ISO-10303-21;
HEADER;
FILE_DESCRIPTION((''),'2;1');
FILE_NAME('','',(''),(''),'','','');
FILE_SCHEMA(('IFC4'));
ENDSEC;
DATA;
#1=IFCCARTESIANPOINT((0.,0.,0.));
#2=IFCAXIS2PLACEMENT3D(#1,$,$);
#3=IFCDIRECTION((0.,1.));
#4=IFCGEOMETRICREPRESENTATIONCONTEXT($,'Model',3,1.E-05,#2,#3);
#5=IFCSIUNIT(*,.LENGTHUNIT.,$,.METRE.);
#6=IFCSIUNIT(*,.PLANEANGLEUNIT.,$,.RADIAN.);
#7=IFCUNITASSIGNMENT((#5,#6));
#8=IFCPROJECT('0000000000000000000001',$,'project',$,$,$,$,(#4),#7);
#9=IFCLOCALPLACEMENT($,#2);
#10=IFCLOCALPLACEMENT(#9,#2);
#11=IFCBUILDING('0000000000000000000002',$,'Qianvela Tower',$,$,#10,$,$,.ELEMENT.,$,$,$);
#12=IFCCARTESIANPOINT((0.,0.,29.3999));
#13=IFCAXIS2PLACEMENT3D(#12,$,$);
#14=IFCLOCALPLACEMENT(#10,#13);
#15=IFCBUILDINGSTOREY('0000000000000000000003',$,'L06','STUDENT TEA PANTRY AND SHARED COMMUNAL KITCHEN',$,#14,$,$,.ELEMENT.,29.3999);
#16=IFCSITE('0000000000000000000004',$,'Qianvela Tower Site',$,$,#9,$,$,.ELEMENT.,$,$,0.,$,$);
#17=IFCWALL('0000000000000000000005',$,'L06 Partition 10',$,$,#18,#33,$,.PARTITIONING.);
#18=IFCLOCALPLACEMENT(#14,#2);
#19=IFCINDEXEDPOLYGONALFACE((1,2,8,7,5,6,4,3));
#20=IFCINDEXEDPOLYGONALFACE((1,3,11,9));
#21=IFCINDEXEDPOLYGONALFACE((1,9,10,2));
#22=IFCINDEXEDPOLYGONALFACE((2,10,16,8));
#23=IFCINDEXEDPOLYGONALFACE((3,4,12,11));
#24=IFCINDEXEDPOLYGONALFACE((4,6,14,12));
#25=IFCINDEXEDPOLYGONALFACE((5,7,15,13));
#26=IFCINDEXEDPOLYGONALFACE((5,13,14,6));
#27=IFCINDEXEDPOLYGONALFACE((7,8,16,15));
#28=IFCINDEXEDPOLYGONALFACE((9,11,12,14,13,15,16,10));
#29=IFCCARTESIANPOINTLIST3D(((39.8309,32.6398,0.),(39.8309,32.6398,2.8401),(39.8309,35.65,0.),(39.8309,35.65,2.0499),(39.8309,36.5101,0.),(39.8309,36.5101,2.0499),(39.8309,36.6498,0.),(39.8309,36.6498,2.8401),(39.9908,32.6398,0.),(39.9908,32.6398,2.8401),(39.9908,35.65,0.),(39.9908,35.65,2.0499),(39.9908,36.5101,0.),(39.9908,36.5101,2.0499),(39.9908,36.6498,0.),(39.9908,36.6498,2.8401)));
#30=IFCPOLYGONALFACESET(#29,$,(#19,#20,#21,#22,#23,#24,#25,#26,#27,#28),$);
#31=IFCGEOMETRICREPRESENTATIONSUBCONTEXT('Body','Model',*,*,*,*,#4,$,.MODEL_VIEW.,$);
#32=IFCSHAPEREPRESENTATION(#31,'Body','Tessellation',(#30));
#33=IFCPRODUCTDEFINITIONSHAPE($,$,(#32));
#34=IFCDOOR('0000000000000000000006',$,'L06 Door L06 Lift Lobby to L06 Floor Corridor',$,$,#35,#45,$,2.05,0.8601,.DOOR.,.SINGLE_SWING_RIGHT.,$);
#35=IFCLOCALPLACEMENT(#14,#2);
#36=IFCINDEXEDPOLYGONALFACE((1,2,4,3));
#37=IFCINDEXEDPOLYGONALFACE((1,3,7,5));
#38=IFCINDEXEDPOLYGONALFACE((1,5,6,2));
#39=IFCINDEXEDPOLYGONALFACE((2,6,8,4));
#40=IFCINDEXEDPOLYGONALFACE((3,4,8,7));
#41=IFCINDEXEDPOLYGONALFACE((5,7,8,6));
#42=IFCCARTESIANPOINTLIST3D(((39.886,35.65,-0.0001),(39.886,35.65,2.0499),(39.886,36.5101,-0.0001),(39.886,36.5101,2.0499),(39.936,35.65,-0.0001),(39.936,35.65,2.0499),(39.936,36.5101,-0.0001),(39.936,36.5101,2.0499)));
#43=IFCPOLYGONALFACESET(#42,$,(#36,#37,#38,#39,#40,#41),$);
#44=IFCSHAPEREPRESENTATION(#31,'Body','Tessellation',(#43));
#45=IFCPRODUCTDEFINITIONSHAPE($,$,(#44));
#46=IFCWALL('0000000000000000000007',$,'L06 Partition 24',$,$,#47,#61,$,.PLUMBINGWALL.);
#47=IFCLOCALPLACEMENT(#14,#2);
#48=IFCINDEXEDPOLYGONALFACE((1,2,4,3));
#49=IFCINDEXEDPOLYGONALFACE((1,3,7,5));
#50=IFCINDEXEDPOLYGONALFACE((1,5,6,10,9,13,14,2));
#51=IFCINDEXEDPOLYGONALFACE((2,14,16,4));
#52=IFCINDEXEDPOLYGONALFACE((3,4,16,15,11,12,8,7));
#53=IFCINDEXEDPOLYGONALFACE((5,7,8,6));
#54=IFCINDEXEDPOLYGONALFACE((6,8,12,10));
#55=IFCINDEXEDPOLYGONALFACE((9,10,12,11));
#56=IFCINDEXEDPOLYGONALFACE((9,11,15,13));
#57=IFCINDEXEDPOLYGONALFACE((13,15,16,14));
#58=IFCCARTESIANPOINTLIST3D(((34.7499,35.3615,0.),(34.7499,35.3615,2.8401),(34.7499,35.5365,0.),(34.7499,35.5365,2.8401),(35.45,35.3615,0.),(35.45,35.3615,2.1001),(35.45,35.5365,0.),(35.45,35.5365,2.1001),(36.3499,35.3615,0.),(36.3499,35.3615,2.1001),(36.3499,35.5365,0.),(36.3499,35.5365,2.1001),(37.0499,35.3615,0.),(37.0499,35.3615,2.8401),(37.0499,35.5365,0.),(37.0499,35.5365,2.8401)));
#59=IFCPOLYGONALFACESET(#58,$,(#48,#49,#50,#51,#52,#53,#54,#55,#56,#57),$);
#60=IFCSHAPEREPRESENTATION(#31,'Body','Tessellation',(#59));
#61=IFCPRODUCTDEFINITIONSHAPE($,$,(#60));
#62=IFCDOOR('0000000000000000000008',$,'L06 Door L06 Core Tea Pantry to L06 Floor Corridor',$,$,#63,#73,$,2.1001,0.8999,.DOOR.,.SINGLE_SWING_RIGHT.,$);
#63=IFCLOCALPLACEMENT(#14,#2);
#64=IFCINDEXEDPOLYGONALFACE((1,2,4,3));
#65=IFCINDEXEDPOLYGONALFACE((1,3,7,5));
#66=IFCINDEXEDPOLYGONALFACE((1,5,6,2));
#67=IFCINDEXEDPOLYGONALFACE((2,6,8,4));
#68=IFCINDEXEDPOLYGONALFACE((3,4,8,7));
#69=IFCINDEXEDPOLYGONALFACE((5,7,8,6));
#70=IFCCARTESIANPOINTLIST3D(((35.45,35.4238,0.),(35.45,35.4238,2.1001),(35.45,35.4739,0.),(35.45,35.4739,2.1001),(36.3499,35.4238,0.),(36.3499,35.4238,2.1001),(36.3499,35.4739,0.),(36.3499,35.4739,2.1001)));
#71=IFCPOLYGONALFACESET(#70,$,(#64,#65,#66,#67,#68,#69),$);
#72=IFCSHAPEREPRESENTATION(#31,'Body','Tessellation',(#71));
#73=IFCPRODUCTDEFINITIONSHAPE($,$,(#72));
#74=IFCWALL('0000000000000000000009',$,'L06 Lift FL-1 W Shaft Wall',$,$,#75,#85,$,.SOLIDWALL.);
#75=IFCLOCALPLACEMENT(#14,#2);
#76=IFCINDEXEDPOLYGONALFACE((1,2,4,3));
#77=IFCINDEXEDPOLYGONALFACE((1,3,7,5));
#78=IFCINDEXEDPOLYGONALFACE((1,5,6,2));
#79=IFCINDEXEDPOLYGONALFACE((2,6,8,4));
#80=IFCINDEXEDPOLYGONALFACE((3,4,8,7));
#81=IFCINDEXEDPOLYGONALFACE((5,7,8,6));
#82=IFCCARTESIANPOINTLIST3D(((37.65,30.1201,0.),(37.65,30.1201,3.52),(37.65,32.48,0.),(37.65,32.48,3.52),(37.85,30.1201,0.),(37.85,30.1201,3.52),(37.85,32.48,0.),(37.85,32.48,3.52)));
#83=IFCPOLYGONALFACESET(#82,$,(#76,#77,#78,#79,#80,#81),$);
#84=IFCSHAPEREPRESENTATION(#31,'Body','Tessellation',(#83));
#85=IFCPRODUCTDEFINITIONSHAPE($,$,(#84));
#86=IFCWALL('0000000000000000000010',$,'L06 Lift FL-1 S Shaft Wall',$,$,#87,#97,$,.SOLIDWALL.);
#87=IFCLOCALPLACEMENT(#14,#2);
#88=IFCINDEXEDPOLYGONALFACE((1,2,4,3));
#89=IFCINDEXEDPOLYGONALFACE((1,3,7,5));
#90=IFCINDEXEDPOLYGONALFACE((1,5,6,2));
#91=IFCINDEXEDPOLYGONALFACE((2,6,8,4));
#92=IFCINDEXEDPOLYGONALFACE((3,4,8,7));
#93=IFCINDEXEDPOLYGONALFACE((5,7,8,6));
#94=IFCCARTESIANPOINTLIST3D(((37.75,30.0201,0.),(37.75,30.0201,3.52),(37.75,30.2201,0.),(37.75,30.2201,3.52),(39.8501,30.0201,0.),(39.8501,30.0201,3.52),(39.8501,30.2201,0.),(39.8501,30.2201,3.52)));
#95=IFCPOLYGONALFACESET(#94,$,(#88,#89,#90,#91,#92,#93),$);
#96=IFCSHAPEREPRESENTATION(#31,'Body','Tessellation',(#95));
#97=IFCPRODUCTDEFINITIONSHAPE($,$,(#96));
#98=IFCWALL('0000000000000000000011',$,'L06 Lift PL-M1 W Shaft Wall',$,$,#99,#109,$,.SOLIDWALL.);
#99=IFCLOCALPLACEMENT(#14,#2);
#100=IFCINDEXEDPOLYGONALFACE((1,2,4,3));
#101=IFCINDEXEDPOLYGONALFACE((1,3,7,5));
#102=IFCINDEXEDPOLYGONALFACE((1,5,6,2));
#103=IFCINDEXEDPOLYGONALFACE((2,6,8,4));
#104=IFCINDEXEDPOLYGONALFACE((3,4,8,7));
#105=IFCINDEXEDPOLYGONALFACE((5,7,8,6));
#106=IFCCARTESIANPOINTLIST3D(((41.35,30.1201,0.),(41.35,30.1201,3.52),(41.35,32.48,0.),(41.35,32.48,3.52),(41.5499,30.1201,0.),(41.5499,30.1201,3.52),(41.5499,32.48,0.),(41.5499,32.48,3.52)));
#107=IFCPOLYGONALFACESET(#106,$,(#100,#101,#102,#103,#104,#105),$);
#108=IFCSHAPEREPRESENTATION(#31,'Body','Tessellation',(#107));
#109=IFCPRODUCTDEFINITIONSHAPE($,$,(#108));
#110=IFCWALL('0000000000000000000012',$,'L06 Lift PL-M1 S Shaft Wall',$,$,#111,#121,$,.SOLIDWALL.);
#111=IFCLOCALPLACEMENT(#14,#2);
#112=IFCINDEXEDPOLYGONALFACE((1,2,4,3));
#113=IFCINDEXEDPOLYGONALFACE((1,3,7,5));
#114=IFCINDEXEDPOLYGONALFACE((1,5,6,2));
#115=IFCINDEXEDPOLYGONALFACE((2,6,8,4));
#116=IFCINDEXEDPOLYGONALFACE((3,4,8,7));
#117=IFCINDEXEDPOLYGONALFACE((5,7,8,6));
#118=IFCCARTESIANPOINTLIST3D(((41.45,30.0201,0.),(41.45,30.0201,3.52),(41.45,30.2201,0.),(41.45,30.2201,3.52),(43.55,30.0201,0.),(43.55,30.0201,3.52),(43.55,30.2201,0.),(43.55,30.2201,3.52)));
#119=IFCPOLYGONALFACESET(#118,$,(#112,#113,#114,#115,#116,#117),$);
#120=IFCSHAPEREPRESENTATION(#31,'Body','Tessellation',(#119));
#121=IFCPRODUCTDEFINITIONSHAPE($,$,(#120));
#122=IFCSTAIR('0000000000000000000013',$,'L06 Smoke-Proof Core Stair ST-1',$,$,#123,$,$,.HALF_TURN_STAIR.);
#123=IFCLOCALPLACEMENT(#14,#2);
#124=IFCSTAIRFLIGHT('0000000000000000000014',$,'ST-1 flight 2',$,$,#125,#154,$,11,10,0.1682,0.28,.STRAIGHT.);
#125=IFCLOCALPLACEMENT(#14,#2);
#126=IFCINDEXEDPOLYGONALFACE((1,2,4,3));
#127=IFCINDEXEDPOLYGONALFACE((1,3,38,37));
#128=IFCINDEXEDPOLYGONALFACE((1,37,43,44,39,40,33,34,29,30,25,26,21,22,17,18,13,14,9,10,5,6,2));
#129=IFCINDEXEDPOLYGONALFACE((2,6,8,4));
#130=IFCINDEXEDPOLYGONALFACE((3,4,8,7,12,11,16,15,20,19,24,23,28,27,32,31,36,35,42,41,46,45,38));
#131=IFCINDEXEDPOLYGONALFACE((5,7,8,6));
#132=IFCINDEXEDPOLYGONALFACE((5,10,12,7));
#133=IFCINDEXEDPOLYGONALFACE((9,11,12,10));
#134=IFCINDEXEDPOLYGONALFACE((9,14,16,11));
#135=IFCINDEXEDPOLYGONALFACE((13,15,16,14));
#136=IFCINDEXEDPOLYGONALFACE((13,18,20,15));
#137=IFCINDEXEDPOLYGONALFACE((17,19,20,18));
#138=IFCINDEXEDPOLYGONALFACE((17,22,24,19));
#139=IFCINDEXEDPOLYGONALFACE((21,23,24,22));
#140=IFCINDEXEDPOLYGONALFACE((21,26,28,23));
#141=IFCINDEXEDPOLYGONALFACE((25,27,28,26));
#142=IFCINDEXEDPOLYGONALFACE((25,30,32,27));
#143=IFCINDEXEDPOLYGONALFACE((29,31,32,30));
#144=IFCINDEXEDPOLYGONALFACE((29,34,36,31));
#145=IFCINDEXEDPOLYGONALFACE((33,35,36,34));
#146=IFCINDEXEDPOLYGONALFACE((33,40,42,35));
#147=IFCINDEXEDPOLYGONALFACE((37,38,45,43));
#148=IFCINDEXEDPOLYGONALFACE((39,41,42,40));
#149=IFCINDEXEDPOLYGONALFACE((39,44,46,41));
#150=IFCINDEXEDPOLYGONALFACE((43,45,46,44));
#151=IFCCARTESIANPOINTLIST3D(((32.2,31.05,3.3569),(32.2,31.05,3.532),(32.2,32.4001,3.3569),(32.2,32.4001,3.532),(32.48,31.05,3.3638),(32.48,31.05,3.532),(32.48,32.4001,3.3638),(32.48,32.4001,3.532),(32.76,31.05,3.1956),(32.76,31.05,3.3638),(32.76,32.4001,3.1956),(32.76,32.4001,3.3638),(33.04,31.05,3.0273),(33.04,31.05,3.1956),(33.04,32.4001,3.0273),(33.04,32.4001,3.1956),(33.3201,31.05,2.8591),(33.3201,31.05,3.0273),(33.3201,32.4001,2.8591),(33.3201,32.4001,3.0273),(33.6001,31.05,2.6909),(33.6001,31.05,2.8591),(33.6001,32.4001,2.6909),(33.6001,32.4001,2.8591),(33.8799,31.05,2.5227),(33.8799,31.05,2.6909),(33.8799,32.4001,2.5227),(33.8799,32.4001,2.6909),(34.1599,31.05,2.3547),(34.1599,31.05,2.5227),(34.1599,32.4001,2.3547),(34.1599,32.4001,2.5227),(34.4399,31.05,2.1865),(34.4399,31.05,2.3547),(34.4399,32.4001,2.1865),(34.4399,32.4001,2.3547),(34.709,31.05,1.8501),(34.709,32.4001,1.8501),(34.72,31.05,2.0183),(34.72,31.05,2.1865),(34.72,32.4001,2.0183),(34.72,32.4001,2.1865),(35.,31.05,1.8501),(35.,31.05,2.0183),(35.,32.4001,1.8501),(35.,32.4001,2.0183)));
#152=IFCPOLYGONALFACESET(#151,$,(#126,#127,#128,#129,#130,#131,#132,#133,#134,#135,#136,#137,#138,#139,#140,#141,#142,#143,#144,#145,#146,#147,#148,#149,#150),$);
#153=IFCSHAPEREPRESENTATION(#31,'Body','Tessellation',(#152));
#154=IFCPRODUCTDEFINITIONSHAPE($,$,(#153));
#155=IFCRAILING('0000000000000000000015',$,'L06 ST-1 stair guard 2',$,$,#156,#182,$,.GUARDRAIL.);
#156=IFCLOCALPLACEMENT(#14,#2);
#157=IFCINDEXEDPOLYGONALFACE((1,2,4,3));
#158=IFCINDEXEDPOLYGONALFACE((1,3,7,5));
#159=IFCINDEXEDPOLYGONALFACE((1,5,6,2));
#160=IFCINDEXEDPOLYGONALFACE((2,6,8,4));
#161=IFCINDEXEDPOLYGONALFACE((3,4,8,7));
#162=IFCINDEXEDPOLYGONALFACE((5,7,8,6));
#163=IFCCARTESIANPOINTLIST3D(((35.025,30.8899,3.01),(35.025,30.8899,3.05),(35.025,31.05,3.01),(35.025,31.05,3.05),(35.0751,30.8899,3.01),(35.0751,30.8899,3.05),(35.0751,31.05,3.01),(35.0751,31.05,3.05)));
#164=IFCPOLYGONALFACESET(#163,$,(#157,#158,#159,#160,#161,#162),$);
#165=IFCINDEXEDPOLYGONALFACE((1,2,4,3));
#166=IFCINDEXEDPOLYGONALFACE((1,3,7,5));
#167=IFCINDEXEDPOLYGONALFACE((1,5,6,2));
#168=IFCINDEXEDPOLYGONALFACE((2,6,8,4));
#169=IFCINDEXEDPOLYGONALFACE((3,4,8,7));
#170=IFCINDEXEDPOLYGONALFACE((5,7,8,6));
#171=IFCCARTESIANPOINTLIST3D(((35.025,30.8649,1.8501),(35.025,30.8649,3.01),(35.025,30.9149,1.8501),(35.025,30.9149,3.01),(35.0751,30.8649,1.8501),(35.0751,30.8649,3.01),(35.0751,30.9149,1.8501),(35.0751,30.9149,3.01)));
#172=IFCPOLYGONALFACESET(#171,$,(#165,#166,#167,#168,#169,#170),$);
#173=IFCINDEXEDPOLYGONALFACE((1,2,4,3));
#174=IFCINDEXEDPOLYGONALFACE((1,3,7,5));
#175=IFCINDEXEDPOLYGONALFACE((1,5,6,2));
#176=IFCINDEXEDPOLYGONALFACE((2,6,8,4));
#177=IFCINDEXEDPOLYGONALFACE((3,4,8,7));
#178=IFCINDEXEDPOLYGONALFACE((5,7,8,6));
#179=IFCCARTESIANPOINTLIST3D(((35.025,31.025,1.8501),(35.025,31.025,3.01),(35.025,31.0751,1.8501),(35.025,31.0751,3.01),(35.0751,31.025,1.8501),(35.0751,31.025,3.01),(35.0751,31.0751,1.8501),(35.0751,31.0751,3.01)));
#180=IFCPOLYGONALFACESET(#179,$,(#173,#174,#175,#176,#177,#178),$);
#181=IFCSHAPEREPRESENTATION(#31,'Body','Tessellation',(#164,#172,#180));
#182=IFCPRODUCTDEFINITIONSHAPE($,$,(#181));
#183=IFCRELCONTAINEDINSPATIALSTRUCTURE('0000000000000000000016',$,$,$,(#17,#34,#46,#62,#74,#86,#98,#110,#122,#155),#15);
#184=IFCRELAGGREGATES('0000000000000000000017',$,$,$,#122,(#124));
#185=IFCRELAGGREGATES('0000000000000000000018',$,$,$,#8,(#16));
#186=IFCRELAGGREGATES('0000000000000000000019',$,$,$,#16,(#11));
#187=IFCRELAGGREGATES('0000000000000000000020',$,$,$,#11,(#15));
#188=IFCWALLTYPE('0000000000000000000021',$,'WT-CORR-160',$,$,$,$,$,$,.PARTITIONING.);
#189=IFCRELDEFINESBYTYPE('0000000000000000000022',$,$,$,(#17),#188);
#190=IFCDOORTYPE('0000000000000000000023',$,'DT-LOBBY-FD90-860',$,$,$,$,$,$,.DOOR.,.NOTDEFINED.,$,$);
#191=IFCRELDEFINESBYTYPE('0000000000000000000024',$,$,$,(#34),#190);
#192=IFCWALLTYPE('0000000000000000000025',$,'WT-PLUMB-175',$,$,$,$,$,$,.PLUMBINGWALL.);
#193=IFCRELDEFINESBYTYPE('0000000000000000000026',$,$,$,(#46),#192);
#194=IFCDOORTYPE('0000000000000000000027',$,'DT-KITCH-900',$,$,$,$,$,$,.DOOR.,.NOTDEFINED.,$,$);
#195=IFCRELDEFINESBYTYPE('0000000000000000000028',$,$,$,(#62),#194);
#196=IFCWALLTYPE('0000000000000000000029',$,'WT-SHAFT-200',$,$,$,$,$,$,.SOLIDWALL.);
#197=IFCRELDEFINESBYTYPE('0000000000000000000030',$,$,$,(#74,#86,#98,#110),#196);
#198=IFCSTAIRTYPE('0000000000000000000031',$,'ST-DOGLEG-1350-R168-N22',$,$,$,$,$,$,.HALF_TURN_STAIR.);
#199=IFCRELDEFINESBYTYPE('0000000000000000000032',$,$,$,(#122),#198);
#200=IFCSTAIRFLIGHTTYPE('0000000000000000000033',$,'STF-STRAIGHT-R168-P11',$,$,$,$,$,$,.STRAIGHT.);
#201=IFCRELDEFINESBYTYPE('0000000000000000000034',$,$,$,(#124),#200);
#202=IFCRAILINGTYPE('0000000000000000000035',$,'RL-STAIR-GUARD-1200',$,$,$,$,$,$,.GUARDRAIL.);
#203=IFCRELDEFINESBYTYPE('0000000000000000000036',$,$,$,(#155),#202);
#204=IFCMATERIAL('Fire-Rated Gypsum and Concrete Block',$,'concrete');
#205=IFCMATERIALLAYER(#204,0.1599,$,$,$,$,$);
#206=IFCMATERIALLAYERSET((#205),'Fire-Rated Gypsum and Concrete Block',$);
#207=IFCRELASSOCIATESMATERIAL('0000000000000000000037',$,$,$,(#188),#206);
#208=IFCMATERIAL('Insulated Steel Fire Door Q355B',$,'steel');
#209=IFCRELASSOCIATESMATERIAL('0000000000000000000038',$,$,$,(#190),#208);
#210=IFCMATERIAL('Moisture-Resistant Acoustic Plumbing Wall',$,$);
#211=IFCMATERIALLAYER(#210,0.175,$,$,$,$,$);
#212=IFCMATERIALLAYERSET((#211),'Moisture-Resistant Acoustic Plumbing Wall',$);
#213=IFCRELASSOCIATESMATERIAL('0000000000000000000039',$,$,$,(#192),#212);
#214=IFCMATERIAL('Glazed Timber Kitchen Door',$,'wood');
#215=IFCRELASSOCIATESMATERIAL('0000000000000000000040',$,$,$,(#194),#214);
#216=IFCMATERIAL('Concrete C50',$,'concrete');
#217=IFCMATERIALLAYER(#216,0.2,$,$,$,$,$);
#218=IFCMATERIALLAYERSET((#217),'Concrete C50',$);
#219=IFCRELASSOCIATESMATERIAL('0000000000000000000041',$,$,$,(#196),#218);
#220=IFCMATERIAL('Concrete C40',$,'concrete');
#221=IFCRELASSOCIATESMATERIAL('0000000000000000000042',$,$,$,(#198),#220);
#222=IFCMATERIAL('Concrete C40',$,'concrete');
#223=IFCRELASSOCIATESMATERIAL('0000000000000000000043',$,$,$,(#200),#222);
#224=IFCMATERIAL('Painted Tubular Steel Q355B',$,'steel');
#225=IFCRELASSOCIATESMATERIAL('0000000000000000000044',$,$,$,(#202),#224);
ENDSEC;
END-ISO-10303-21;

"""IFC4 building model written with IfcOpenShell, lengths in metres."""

from ifc_helpers import new_model, si_unit, direction, frame, frame_2d, origin, origin_2d, place, context, subcontext, project, spatial, polyline, rectangle, outline, extrude, material, layer, layer_set, type_object, element, fill, aggregate, save


model = new_model("IFC4")

# Units and contexts
model_context = context("Model", 3, precision=1e-05, world=origin(), true_north=direction((0.0, 1.0)))
body_context = subcontext(model_context, "Body", "Model", "MODEL_VIEW")
ifc_project = project(units=[si_unit("LENGTHUNIT", "METRE"), si_unit("PLANEANGLEUNIT", "RADIAN")], contexts=[model_context])

# Site, building, storey
site_placement = place(None, origin())
site = spatial("IfcSite", under=ifc_project, at=site_placement, Name="Qianvela Tower Site", CompositionType="ELEMENT", RefElevation=0.0)
building_placement = place(site_placement, origin())
building = spatial("IfcBuilding", under=site, at=building_placement, Name="Qianvela Tower", CompositionType="ELEMENT")
storey_placement = place(building_placement, frame((0.0, 0.0, 29.3999)))
storey = spatial("IfcBuildingStorey", under=building, at=storey_placement, Name="L06", Description="STUDENT TEA PANTRY AND SHARED COMMUNAL KITCHEN", CompositionType="ELEMENT", Elevation=29.3999)

# Walls, openings, doors
ifc_material_1 = material(Name="Fire-Rated Gypsum and Concrete Block", Category="concrete")
ifc_layer_1 = layer(ifc_material_1, 0.1599)
ifc_layer_set_1 = layer_set([ifc_layer_1], Name="Fire-Rated Gypsum and Concrete Block")
wall_type_1 = type_object("IfcWallType", Name="WT-CORR-160", PredefinedType="PARTITIONING", material=ifc_layer_set_1)
wall_1_placement = place(storey_placement, frame((39.9109, 32.6399, 0.0), z_axis=(0.0, 0.0, 1.0), x_axis=(0.0, 1.0, 0.0)))
wall_1 = element("IfcWall", 1, at=wall_1_placement, inside=storey, type_object=wall_type_1, Name="L06 Partition 10", PredefinedType="PARTITIONING", context=body_context, shape_type="SweptSolid", body=[
    extrude(rectangle(XDim=4.01, YDim=0.1599, at=frame_2d((2.0049, 0.0))), origin(), (0.0, 0.0, 1.0), 2.8401),
])
opening_1_placement = place(wall_1_placement, frame((3.01, 0.0, 0.0)))
opening_1 = element("IfcOpeningElement", 2, at=opening_1_placement, cuts=wall_1, PredefinedType="OPENING", context=body_context, shape_type="SweptSolid", body=[
    extrude(rectangle(XDim=0.8601, YDim=2.05, at=frame_2d((0.4302, 1.0249))), frame((0.0, 0.0898, 0.0), z_axis=(0.0, -1.0, 0.0), x_axis=(1.0, 0.0, 0.0)), (0.0, 0.0, 1.0), 0.1799),
])
ifc_material_2 = material(Name="Insulated Steel Fire Door Q355B", Category="steel")
door_type_1 = type_object("IfcDoorType", Name="DT-LOBBY-FD90-860", OperationType="NOTDEFINED", PredefinedType="DOOR", material=ifc_material_2)
door_1_placement = place(opening_1_placement, origin())
door_1 = element("IfcDoor", 3, at=door_1_placement, inside=storey, type_object=door_type_1, Name="L06 Door L06 Lift Lobby to L06 Floor Corridor", OperationType="SINGLE_SWING_RIGHT", OverallHeight=2.05, OverallWidth=0.8601, PredefinedType="DOOR", context=body_context, shape_type="SweptSolid", body=[
    extrude(rectangle(XDim=0.8601, YDim=2.05, at=frame_2d((0.4302, 1.0249))), frame((0.0, 0.0249, 0.0), z_axis=(0.0, -1.0, 0.0), x_axis=(1.0, 0.0, 0.0)), (0.0, 0.0, 1.0), 0.05),
])
fill(opening_1, door_1)
ifc_material_3 = material(Name="Moisture-Resistant Acoustic Plumbing Wall")
ifc_layer_2 = layer(ifc_material_3, 0.175)
ifc_layer_set_2 = layer_set([ifc_layer_2], Name="Moisture-Resistant Acoustic Plumbing Wall")
wall_type_2 = type_object("IfcWallType", Name="WT-PLUMB-175", PredefinedType="PLUMBINGWALL", material=ifc_layer_set_2)
wall_2_placement = place(storey_placement, frame((34.75, 35.449, 0.0), z_axis=(0.0, 0.0, 1.0), x_axis=(1.0, 0.0, 0.0)))
wall_2 = element("IfcWall", 4, at=wall_2_placement, inside=storey, type_object=wall_type_2, Name="L06 Partition 24", PredefinedType="PLUMBINGWALL", context=body_context, shape_type="SweptSolid", body=[
    extrude(rectangle(XDim=2.3, YDim=0.175, at=frame_2d((1.1499, 0.0))), origin(), (0.0, 0.0, 1.0), 2.8401),
])
opening_2_placement = place(wall_2_placement, frame((0.7, 0.0, 0.0)))
opening_2 = element("IfcOpeningElement", 5, at=opening_2_placement, cuts=wall_2, PredefinedType="OPENING", context=body_context, shape_type="SweptSolid", body=[
    extrude(rectangle(XDim=0.8999, YDim=2.1001, at=frame_2d((0.45, 1.05))), frame((0.0, 0.0974, 0.0), z_axis=(0.0, -1.0, 0.0), x_axis=(1.0, 0.0, 0.0)), (0.0, 0.0, 1.0), 0.1951),
])
ifc_material_4 = material(Name="Glazed Timber Kitchen Door", Category="wood")
door_type_2 = type_object("IfcDoorType", Name="DT-KITCH-900", OperationType="NOTDEFINED", PredefinedType="DOOR", material=ifc_material_4)
door_2_placement = place(opening_2_placement, origin())
door_2 = element("IfcDoor", 6, at=door_2_placement, inside=storey, type_object=door_type_2, Name="L06 Door L06 Core Tea Pantry to L06 Floor Corridor", OperationType="SINGLE_SWING_RIGHT", OverallHeight=2.1001, OverallWidth=0.8999, PredefinedType="DOOR", context=body_context, shape_type="SweptSolid", body=[
    extrude(rectangle(XDim=0.8999, YDim=2.1001, at=frame_2d((0.45, 1.05))), frame((0.0, 0.0249, 0.0), z_axis=(0.0, -1.0, 0.0), x_axis=(1.0, 0.0, 0.0)), (0.0, 0.0, 1.0), 0.05),
])
fill(opening_2, door_2)
ifc_material_5 = material(Name="Concrete C50", Category="concrete")
ifc_layer_3 = layer(ifc_material_5, 0.2)
ifc_layer_set_3 = layer_set([ifc_layer_3], Name="Concrete C50")
wall_type_3 = type_object("IfcWallType", Name="WT-SHAFT-200", PredefinedType="SOLIDWALL", material=ifc_layer_set_3)

# Walls
wall_3_placement = place(storey_placement, frame((37.75, 30.1201, 0.0), z_axis=(0.0, 0.0, 1.0), x_axis=(0.0, 1.0, 0.0)))
element("IfcWall", 7, at=wall_3_placement, inside=storey, type_object=wall_type_3, Name="L06 Lift FL-1 W Shaft Wall", PredefinedType="SOLIDWALL", context=body_context, shape_type="SweptSolid", body=[
    extrude(rectangle(XDim=2.3599, YDim=0.2, at=frame_2d((1.1799, 0.0))), origin(), (0.0, 0.0, 1.0), 3.52),
])
wall_4_placement = place(storey_placement, frame((37.75, 30.1201, 0.0), z_axis=(0.0, 0.0, 1.0), x_axis=(1.0, 0.0, 0.0)))
element("IfcWall", 8, at=wall_4_placement, inside=storey, type_object=wall_type_3, Name="L06 Lift FL-1 S Shaft Wall", PredefinedType="SOLIDWALL", context=body_context, shape_type="SweptSolid", body=[
    extrude(rectangle(XDim=2.1001, YDim=0.2, at=frame_2d((1.05, 0.0))), origin(), (0.0, 0.0, 1.0), 3.52),
])
wall_5_placement = place(storey_placement, frame((41.45, 30.1201, 0.0), z_axis=(0.0, 0.0, 1.0), x_axis=(0.0, 1.0, 0.0)))
element("IfcWall", 9, at=wall_5_placement, inside=storey, type_object=wall_type_3, Name="L06 Lift PL-M1 W Shaft Wall", PredefinedType="SOLIDWALL", context=body_context, shape_type="SweptSolid", body=[
    extrude(rectangle(XDim=2.3599, YDim=0.2, at=frame_2d((1.1799, 0.0))), origin(), (0.0, 0.0, 1.0), 3.52),
])
wall_6_placement = place(storey_placement, frame((41.45, 30.1201, 0.0), z_axis=(0.0, 0.0, 1.0), x_axis=(1.0, 0.0, 0.0)))
element("IfcWall", 10, at=wall_6_placement, inside=storey, type_object=wall_type_3, Name="L06 Lift PL-M1 S Shaft Wall", PredefinedType="SOLIDWALL", context=body_context, shape_type="SweptSolid", body=[
    extrude(rectangle(XDim=2.1001, YDim=0.2, at=frame_2d((1.05, 0.0))), origin(), (0.0, 0.0, 1.0), 3.52),
])

# Stair, stair flight
ifc_material_6 = material(Name="Concrete C40", Category="concrete")
stair_type = type_object("IfcStairType", Name="ST-DOGLEG-1350-R168-N22", PredefinedType="HALF_TURN_STAIR", material=ifc_material_6)
stair_placement = place(storey_placement, origin())
stair = element("IfcStair", 11, at=stair_placement, inside=storey, type_object=stair_type, Name="L06 Smoke-Proof Core Stair ST-1", PredefinedType="HALF_TURN_STAIR")
ifc_material_7 = material(Name="Concrete C40", Category="concrete")
stair_flight_type = type_object("IfcStairFlightType", Name="STF-STRAIGHT-R168-P11", PredefinedType="STRAIGHT", material=ifc_material_7)
stair_flight_placement = place(storey_placement, frame((35.0, 31.7251, 1.8501), z_axis=(0.0, 0.0, 1.0), x_axis=(-1.0, 0.0, 0.0)))
stair_flight = element("IfcStairFlight", 12, at=stair_flight_placement, type_object=stair_flight_type, Name="ST-1 flight 2", NumberOfRisers=11, NumberOfTreads=10, PredefinedType="STRAIGHT", RiserHeight=0.1682, TreadLength=0.28, context=body_context, shape_type="SweptSolid", body=[
    extrude(outline(polyline([(0.0, 0.0), (0.0, 0.1682), (0.28, 0.1682), (0.28, 0.3364), (0.5601, 0.3364), (0.5601, 0.5046), (0.8401, 0.5046), (0.8401, 0.6726), (1.1201, 0.6726), (1.1201, 0.8408), (1.3999, 0.8408), (1.3999, 1.009), (1.6799, 1.009), (1.6799, 1.1772), (1.96, 1.1772), (1.96, 1.3455), (2.24, 1.3455), (2.24, 1.5137), (2.52, 1.5137), (2.52, 1.6819), (2.8, 1.6819), (2.8, 1.8501), (2.8, 1.5068), (0.291, 0.0), (0.0, 0.0)])), frame((0.0, 0.675, 0.0), z_axis=(0.0, -1.0, 0.0), x_axis=(1.0, 0.0, 0.0)), (0.0, 0.0, 1.0), 1.3501),
])
aggregate(stair, [stair_flight])

# Railing
ifc_material_8 = material(Name="Painted Tubular Steel Q355B", Category="steel")
railing_type_1 = type_object("IfcRailingType", Name="RL-STAIR-GUARD-1200", PredefinedType="GUARDRAIL", material=ifc_material_8)
railing_1_placement = place(storey_placement, frame((35.05, 30.8899, 1.8501)))
element("IfcRailing", 13, at=railing_1_placement, inside=storey, type_object=railing_type_1, Name="L06 ST-1 stair guard 2", PredefinedType="GUARDRAIL", context=body_context, shape_type="SweptSolid", body=[
    extrude(rectangle(XDim=0.05, YDim=0.04, at=origin_2d()), frame((0.0, 0.0, 1.1799), z_axis=(0.0, 1.0, 0.0), x_axis=(-1.0, 0.0, 0.0)), (0.0, 0.0, 1.0), 0.1602),
    extrude(rectangle(XDim=0.05, YDim=0.05, at=origin_2d()), origin(), (0.0, 0.0, 1.0), 1.1599),
    extrude(rectangle(XDim=0.05, YDim=0.05, at=origin_2d()), frame((0.0, 0.1602, 0.0)), (0.0, 0.0, 1.0), 1.1599),
])

save(model, "model.ifc")
